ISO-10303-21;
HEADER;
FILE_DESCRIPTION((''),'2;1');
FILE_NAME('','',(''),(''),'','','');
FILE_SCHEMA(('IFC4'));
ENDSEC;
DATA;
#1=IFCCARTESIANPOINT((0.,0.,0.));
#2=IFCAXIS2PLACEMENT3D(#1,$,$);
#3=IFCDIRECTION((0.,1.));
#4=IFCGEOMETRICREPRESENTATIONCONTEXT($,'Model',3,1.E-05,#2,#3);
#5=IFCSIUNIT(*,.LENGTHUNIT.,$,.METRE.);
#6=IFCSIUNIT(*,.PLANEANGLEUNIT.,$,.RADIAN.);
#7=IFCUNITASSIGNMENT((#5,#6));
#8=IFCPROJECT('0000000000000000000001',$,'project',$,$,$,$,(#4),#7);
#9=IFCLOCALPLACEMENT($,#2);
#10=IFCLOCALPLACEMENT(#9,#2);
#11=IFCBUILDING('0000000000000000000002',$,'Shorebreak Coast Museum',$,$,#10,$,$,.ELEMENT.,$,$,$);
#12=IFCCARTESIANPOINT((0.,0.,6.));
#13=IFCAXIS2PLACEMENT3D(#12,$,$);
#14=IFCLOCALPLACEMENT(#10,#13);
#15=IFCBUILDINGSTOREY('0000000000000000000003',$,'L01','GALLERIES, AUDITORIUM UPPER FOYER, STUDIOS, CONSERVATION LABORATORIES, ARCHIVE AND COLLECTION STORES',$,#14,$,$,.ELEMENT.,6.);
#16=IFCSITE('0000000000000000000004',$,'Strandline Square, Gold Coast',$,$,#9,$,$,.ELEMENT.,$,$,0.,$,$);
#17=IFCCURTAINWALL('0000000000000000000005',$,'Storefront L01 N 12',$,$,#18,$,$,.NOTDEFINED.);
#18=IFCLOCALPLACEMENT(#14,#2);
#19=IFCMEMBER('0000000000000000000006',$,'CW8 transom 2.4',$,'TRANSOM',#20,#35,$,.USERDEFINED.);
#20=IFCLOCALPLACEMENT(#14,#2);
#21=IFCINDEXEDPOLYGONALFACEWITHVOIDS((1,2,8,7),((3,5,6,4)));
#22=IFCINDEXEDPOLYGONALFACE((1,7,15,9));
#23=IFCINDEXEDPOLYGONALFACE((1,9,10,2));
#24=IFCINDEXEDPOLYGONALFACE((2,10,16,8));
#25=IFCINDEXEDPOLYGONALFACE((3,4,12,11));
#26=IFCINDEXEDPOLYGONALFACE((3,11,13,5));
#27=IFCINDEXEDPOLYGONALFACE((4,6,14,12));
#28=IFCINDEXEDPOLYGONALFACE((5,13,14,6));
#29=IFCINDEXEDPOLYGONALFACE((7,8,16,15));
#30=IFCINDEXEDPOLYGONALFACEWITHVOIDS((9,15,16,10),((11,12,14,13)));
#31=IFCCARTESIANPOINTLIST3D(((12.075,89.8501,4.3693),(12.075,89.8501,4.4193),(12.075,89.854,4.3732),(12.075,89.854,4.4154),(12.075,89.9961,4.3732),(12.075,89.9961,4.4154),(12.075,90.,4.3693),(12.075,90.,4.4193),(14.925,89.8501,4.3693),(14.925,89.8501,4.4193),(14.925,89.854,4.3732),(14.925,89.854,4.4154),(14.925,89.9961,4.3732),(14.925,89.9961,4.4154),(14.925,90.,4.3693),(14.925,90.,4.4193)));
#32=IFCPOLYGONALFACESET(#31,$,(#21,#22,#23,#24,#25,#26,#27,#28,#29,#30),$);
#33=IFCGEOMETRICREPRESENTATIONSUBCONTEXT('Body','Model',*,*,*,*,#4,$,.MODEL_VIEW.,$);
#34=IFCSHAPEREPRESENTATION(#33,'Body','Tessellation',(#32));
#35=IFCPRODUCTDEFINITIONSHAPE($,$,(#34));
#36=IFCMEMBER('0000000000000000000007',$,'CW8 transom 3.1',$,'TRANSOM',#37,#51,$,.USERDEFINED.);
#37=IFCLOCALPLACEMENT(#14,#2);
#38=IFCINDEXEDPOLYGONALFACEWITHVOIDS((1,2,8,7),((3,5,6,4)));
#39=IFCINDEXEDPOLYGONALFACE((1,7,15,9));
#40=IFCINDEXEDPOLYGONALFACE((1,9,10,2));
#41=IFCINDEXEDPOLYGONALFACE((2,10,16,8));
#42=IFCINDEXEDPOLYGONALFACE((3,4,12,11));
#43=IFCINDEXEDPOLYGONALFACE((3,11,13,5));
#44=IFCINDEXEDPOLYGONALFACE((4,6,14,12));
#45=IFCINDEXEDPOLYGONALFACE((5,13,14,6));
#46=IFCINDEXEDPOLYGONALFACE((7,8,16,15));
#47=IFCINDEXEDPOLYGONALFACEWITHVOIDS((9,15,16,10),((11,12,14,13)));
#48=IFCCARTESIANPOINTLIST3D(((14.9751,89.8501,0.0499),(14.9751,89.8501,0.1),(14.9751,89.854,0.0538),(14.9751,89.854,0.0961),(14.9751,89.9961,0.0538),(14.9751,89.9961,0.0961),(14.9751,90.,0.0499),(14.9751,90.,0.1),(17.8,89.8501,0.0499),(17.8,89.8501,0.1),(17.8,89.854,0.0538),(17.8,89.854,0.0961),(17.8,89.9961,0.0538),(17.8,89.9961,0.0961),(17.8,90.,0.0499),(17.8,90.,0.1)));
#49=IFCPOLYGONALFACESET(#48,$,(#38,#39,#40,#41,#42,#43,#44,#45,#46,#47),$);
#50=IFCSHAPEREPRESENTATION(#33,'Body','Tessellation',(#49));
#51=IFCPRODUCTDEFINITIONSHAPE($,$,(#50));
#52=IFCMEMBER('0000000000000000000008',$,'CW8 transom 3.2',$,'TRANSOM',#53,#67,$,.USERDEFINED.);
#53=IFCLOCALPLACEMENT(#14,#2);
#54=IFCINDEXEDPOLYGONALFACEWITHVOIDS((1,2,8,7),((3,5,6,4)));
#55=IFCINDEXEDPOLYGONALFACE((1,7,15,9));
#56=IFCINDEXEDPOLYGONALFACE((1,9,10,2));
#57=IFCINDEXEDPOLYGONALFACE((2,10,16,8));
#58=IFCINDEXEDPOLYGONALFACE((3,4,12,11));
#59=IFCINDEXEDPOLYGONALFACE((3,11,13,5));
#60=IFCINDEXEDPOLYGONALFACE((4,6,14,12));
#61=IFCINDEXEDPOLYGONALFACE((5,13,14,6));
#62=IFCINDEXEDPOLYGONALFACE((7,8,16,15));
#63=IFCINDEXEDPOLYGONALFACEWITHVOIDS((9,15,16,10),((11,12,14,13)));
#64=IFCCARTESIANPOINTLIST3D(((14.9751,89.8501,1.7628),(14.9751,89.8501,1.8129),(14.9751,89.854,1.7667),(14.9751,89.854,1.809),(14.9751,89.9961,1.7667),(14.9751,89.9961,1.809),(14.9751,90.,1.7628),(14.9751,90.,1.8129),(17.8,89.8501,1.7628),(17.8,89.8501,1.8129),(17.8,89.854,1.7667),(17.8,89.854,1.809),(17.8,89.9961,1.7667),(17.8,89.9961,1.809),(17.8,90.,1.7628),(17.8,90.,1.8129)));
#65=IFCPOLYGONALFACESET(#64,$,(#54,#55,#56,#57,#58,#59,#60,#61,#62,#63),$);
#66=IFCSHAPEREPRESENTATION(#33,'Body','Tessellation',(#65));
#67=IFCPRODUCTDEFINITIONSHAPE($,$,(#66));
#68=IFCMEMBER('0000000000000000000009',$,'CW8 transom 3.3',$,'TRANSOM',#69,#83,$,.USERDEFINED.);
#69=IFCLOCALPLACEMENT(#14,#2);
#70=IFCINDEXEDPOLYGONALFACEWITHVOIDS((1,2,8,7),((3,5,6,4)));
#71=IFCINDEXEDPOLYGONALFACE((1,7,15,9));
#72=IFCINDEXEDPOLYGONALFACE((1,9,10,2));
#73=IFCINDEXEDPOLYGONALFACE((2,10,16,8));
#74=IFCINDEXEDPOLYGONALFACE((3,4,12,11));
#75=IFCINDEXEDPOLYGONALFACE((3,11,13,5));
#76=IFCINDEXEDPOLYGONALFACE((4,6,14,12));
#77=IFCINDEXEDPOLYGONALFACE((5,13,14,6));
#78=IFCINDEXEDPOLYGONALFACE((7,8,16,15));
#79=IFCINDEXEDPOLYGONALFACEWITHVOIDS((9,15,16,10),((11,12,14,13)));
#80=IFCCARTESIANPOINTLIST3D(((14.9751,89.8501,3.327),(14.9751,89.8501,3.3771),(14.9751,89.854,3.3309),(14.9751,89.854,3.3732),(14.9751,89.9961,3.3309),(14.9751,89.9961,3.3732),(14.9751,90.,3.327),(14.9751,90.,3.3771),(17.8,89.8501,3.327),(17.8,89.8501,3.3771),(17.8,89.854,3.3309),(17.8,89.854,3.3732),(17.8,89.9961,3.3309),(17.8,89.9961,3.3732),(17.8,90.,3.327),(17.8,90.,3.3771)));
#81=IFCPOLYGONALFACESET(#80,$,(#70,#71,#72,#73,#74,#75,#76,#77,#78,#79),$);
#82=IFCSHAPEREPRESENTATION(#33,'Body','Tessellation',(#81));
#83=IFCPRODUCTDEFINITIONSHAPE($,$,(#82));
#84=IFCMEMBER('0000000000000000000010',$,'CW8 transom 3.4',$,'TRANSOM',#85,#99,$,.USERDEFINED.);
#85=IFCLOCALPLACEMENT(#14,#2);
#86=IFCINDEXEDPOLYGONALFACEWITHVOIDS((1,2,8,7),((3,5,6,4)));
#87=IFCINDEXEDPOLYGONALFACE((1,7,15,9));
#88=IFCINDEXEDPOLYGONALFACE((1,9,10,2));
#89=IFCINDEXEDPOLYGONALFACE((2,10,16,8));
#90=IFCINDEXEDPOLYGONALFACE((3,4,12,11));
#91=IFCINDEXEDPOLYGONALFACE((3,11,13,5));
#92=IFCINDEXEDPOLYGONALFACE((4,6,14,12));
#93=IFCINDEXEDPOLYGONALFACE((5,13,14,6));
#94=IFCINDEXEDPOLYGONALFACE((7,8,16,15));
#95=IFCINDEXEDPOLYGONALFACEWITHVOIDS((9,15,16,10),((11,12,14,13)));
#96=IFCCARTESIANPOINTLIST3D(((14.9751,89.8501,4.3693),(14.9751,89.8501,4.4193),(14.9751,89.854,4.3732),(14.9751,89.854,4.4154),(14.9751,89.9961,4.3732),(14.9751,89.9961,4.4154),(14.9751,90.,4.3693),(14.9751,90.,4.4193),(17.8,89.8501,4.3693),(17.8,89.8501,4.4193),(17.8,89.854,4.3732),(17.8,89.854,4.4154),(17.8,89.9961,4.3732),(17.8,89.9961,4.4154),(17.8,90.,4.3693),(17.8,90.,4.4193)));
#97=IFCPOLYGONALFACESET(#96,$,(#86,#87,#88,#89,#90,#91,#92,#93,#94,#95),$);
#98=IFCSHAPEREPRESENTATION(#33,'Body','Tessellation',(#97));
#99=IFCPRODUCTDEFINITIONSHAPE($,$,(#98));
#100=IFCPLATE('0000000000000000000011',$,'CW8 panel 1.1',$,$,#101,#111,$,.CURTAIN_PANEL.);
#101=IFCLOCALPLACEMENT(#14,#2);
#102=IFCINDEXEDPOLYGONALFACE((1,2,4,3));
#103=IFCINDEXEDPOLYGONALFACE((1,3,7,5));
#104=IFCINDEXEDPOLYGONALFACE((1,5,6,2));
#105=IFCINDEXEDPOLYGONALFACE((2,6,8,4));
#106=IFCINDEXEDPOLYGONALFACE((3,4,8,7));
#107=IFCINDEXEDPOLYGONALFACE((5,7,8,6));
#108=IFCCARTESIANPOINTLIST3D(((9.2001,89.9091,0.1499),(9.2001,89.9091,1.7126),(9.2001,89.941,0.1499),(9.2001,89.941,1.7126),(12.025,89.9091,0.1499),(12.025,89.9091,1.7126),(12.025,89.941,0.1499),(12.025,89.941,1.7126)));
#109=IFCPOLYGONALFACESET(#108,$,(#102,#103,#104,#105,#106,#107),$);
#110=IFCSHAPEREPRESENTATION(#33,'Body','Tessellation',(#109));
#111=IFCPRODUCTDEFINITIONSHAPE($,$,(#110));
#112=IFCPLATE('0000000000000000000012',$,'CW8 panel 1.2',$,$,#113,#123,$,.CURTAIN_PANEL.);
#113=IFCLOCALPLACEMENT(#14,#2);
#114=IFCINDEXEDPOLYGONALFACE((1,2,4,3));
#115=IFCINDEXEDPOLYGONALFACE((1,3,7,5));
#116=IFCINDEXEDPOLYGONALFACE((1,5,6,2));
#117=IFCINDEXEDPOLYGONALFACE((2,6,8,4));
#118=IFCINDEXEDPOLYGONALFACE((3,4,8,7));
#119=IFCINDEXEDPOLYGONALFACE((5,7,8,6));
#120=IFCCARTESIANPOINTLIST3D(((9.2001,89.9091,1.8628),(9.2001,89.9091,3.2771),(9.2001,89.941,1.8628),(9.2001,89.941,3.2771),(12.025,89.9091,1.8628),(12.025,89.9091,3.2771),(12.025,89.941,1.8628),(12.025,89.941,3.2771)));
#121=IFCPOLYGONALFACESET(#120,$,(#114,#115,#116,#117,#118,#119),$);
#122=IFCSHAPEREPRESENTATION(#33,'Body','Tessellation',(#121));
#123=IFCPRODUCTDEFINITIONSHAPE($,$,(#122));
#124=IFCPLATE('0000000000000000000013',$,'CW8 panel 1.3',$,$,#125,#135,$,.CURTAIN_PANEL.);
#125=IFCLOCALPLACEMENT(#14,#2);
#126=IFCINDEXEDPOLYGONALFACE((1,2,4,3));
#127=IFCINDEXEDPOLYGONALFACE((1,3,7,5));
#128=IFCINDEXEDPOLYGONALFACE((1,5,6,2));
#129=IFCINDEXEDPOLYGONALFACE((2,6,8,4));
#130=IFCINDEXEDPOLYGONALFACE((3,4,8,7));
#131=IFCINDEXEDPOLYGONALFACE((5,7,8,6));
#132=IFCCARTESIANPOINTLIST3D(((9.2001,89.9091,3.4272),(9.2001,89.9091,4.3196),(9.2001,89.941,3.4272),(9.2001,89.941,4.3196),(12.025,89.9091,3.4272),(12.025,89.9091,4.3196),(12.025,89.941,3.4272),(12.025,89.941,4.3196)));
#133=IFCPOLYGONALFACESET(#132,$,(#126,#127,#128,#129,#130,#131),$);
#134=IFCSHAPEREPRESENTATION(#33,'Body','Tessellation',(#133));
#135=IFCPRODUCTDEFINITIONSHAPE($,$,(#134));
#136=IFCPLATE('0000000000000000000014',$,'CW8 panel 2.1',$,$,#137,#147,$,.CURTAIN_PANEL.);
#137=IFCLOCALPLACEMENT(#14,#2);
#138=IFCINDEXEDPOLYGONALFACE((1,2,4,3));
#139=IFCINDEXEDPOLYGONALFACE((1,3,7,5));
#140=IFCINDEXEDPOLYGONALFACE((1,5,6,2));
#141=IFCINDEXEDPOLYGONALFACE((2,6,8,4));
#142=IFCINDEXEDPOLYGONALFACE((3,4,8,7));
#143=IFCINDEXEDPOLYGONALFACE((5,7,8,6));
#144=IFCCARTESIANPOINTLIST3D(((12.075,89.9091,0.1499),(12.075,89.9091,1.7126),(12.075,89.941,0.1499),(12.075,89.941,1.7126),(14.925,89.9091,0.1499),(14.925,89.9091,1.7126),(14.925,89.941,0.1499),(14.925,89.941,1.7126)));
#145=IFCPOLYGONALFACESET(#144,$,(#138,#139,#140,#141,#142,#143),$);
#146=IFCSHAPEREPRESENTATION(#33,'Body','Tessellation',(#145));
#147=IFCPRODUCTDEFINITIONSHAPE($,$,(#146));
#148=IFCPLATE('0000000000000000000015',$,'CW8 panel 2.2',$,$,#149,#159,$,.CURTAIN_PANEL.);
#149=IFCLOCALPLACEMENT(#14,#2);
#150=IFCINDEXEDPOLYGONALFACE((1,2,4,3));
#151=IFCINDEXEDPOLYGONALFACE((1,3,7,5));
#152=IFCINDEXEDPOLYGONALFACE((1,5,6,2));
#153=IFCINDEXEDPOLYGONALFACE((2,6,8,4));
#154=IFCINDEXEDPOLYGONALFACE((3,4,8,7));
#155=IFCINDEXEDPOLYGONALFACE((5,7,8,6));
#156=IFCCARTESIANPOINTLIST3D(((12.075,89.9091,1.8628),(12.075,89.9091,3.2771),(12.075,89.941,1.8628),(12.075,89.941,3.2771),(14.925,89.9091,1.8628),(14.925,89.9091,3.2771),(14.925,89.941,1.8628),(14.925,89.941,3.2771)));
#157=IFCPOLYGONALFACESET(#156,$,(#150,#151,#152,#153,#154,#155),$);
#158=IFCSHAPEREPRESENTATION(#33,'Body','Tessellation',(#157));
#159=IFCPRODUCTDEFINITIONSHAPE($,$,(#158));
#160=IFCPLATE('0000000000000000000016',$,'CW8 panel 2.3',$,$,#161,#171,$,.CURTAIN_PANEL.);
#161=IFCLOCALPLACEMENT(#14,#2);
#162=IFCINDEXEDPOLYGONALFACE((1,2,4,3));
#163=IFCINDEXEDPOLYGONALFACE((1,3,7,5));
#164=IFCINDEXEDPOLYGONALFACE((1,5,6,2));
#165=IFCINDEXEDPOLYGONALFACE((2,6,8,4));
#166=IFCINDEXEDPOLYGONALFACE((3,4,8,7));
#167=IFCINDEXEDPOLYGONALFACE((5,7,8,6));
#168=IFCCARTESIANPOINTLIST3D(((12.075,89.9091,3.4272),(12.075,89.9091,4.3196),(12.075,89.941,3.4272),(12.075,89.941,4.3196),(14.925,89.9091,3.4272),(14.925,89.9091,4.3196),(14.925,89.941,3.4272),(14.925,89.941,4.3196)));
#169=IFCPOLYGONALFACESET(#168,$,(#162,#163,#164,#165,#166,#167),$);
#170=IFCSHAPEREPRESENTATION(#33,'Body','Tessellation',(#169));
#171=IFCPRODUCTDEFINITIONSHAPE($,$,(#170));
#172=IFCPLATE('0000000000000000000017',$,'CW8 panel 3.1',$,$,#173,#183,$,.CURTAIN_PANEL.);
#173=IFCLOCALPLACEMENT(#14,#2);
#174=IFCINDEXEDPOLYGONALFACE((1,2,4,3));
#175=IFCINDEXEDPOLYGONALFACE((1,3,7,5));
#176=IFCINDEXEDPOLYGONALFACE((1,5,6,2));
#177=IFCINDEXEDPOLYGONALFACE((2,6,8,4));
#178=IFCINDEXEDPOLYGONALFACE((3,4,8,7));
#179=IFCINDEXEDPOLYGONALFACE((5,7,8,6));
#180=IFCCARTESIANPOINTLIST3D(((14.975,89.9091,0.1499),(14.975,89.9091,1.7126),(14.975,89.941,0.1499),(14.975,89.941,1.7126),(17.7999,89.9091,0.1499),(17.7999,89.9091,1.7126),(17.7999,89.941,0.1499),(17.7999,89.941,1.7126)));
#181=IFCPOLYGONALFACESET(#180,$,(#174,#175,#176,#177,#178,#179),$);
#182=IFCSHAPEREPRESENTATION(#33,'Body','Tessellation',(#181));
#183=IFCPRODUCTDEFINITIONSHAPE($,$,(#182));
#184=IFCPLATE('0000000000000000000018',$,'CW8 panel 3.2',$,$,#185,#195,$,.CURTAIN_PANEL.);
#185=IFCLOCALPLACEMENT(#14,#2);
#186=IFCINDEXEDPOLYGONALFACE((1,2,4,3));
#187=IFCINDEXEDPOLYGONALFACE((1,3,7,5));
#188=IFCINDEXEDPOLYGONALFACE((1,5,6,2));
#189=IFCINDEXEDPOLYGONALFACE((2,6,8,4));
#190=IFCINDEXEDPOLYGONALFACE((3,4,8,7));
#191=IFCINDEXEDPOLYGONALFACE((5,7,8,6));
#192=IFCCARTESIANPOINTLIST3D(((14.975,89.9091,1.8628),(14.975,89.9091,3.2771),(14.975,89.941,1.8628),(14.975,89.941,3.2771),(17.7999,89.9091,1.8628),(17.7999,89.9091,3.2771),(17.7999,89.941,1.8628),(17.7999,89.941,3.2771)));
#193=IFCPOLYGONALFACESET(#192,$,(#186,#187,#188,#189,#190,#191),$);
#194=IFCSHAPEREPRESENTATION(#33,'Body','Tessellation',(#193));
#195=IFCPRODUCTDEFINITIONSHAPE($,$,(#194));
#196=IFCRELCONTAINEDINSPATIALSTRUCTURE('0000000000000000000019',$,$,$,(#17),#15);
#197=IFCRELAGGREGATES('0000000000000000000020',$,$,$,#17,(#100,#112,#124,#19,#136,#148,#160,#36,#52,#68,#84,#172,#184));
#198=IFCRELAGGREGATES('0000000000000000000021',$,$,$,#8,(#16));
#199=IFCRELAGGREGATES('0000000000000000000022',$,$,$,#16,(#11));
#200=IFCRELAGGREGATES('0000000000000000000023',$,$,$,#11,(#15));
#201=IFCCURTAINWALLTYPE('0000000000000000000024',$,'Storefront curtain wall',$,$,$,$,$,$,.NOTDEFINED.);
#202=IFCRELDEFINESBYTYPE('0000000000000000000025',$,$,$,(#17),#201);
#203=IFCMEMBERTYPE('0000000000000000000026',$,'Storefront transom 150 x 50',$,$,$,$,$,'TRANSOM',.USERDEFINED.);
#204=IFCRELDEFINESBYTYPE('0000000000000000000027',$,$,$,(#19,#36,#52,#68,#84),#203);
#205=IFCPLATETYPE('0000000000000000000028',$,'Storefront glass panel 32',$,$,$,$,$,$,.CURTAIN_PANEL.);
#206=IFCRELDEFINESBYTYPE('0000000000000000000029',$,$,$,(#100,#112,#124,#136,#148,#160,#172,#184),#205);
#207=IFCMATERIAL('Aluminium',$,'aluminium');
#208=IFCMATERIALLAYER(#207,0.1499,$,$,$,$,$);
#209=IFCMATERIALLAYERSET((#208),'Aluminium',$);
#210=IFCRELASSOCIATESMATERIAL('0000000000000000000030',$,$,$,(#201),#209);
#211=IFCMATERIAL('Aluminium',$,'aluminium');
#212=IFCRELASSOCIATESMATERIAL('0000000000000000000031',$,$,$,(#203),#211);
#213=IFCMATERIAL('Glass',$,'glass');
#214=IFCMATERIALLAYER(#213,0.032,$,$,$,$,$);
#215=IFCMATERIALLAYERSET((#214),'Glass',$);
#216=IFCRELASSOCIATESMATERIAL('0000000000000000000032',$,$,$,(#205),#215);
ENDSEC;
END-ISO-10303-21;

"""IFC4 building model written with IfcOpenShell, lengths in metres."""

from ifc_helpers import new_model, si_unit, direction, frame, origin, origin_2d, place, context, subcontext, project, spatial, rectangle, hollow_rectangle, extrude, material, layer, layer_set, material_profile, profile_set, type_object, element, aggregate, save


model = new_model("IFC4")

# Units and contexts
model_context = context("Model", 3, precision=1e-05, world=origin(), true_north=direction((0.0, 1.0)))
body_context = subcontext(model_context, "Body", "Model", "MODEL_VIEW")
ifc_project = project(units=[si_unit("LENGTHUNIT", "METRE"), si_unit("PLANEANGLEUNIT", "RADIAN")], contexts=[model_context])

# Site, building, storey
site_placement = place(None, origin())
site = spatial("IfcSite", under=ifc_project, at=site_placement, Name="Strandline Square, Gold Coast", CompositionType="ELEMENT", RefElevation=0.0)
building_placement = place(site_placement, origin())
building = spatial("IfcBuilding", under=site, at=building_placement, Name="Shorebreak Coast Museum", CompositionType="ELEMENT")
storey_placement = place(building_placement, frame((0.0, 0.0, 6.0)))
storey = spatial("IfcBuildingStorey", under=building, at=storey_placement, Name="L01", Description="GALLERIES, AUDITORIUM UPPER FOYER, STUDIOS, CONSERVATION LABORATORIES, ARCHIVE AND COLLECTION STORES", CompositionType="ELEMENT", Elevation=6.0)

# Curtain wall, members, plates
ifc_material_1 = material(Name="Aluminium", Category="aluminium")
ifc_layer_1 = layer(ifc_material_1, 0.1499)
ifc_layer_set_1 = layer_set([ifc_layer_1], Name="Aluminium")
curtain_wall_type = type_object("IfcCurtainWallType", Name="Storefront curtain wall", PredefinedType="NOTDEFINED", material=ifc_layer_set_1)
curtain_wall_placement = place(storey_placement, origin())
curtain_wall = element("IfcCurtainWall", 1, at=curtain_wall_placement, inside=storey, type_object=curtain_wall_type, Name="Storefront L01 N 12", PredefinedType="NOTDEFINED")
ifc_material_2 = material(Name="Aluminium", Category="aluminium")
ifc_material_profile_1 = material_profile(ifc_material_2, hollow_rectangle(XDim=0.1499, YDim=0.05, WallThickness=0.0039, at=origin_2d()), Name="AL 50x150 RHS")
ifc_profile_set_1 = profile_set([ifc_material_profile_1], Name="Aluminium")
member_type_1 = type_object("IfcMemberType", Name="Storefront transom 150 x 50", ElementType="TRANSOM", PredefinedType="USERDEFINED", material=ifc_profile_set_1)
member_1_placement = place(storey_placement, frame((12.075, 89.925, 4.3943), z_axis=(1.0, 0.0, 0.0), x_axis=(0.0, 1.0, 0.0)))
member_1 = element("IfcMember", 2, at=member_1_placement, type_object=member_type_1, Name="CW8 transom 2.4", ObjectType="TRANSOM", PredefinedType="USERDEFINED", context=body_context, shape_type="SweptSolid", body=[
    extrude(hollow_rectangle(XDim=0.1499, YDim=0.05, WallThickness=0.0039, at=origin_2d()), origin(), (0.0, 0.0, 1.0), 2.8501),
])
member_2_placement = place(storey_placement, frame((14.9751, 89.925, 0.075), z_axis=(1.0, 0.0, 0.0), x_axis=(0.0, 1.0, 0.0)))
member_2 = element("IfcMember", 3, at=member_2_placement, type_object=member_type_1, Name="CW8 transom 3.1", ObjectType="TRANSOM", PredefinedType="USERDEFINED", context=body_context, shape_type="SweptSolid", body=[
    extrude(hollow_rectangle(XDim=0.1499, YDim=0.05, WallThickness=0.0039, at=origin_2d()), origin(), (0.0, 0.0, 1.0), 2.825),
])
member_3_placement = place(storey_placement, frame((14.9751, 89.925, 1.7878), z_axis=(1.0, 0.0, 0.0), x_axis=(0.0, 1.0, 0.0)))
member_3 = element("IfcMember", 4, at=member_3_placement, type_object=member_type_1, Name="CW8 transom 3.2", ObjectType="TRANSOM", PredefinedType="USERDEFINED", context=body_context, shape_type="SweptSolid", body=[
    extrude(hollow_rectangle(XDim=0.1499, YDim=0.05, WallThickness=0.0039, at=origin_2d()), origin(), (0.0, 0.0, 1.0), 2.825),
])
member_4_placement = place(storey_placement, frame((14.9751, 89.925, 3.3521), z_axis=(1.0, 0.0, 0.0), x_axis=(0.0, 1.0, 0.0)))
member_4 = element("IfcMember", 5, at=member_4_placement, type_object=member_type_1, Name="CW8 transom 3.3", ObjectType="TRANSOM", PredefinedType="USERDEFINED", context=body_context, shape_type="SweptSolid", body=[
    extrude(hollow_rectangle(XDim=0.1499, YDim=0.05, WallThickness=0.0039, at=origin_2d()), origin(), (0.0, 0.0, 1.0), 2.825),
])
member_5_placement = place(storey_placement, frame((14.9751, 89.925, 4.3943), z_axis=(1.0, 0.0, 0.0), x_axis=(0.0, 1.0, 0.0)))
member_5 = element("IfcMember", 6, at=member_5_placement, type_object=member_type_1, Name="CW8 transom 3.4", ObjectType="TRANSOM", PredefinedType="USERDEFINED", context=body_context, shape_type="SweptSolid", body=[
    extrude(hollow_rectangle(XDim=0.1499, YDim=0.05, WallThickness=0.0039, at=origin_2d()), origin(), (0.0, 0.0, 1.0), 2.825),
])
ifc_material_3 = material(Name="Glass", Category="glass")
ifc_layer_2 = layer(ifc_material_3, 0.032)
ifc_layer_set_2 = layer_set([ifc_layer_2], Name="Glass")
plate_type = type_object("IfcPlateType", Name="Storefront glass panel 32", PredefinedType="CURTAIN_PANEL", material=ifc_layer_set_2)
plate_1_placement = place(storey_placement, frame((10.6125, 89.925, 0.1499), z_axis=(0.0, 0.0, 1.0), x_axis=(1.0, 0.0, 0.0)))
plate_1 = element("IfcPlate", 7, at=plate_1_placement, type_object=plate_type, Name="CW8 panel 1.1", PredefinedType="CURTAIN_PANEL", context=body_context, shape_type="SweptSolid", body=[
    extrude(rectangle(XDim=2.825, YDim=0.032, at=origin_2d()), origin(), (0.0, 0.0, 1.0), 1.5627),
])
plate_2_placement = place(storey_placement, frame((10.6125, 89.925, 1.8628), z_axis=(0.0, 0.0, 1.0), x_axis=(1.0, 0.0, 0.0)))
plate_2 = element("IfcPlate", 8, at=plate_2_placement, type_object=plate_type, Name="CW8 panel 1.2", PredefinedType="CURTAIN_PANEL", context=body_context, shape_type="SweptSolid", body=[
    extrude(rectangle(XDim=2.825, YDim=0.032, at=origin_2d()), origin(), (0.0, 0.0, 1.0), 1.4143),
])
plate_3_placement = place(storey_placement, frame((10.6125, 89.925, 3.4272), z_axis=(0.0, 0.0, 1.0), x_axis=(1.0, 0.0, 0.0)))
plate_3 = element("IfcPlate", 9, at=plate_3_placement, type_object=plate_type, Name="CW8 panel 1.3", PredefinedType="CURTAIN_PANEL", context=body_context, shape_type="SweptSolid", body=[
    extrude(rectangle(XDim=2.825, YDim=0.032, at=origin_2d()), origin(), (0.0, 0.0, 1.0), 0.8923),
])
plate_4_placement = place(storey_placement, frame((13.5, 89.925, 0.1499), z_axis=(0.0, 0.0, 1.0), x_axis=(1.0, 0.0, 0.0)))
plate_4 = element("IfcPlate", 10, at=plate_4_placement, type_object=plate_type, Name="CW8 panel 2.1", PredefinedType="CURTAIN_PANEL", context=body_context, shape_type="SweptSolid", body=[
    extrude(rectangle(XDim=2.8501, YDim=0.032, at=origin_2d()), origin(), (0.0, 0.0, 1.0), 1.5627),
])
plate_5_placement = place(storey_placement, frame((13.5, 89.925, 1.8628), z_axis=(0.0, 0.0, 1.0), x_axis=(1.0, 0.0, 0.0)))
plate_5 = element("IfcPlate", 11, at=plate_5_placement, type_object=plate_type, Name="CW8 panel 2.2", PredefinedType="CURTAIN_PANEL", context=body_context, shape_type="SweptSolid", body=[
    extrude(rectangle(XDim=2.8501, YDim=0.032, at=origin_2d()), origin(), (0.0, 0.0, 1.0), 1.4143),
])
plate_6_placement = place(storey_placement, frame((13.5, 89.925, 3.4272), z_axis=(0.0, 0.0, 1.0), x_axis=(1.0, 0.0, 0.0)))
plate_6 = element("IfcPlate", 12, at=plate_6_placement, type_object=plate_type, Name="CW8 panel 2.3", PredefinedType="CURTAIN_PANEL", context=body_context, shape_type="SweptSolid", body=[
    extrude(rectangle(XDim=2.8501, YDim=0.032, at=origin_2d()), origin(), (0.0, 0.0, 1.0), 0.8923),
])
plate_7_placement = place(storey_placement, frame((16.3875, 89.925, 0.1499), z_axis=(0.0, 0.0, 1.0), x_axis=(1.0, 0.0, 0.0)))
plate_7 = element("IfcPlate", 13, at=plate_7_placement, type_object=plate_type, Name="CW8 panel 3.1", PredefinedType="CURTAIN_PANEL", context=body_context, shape_type="SweptSolid", body=[
    extrude(rectangle(XDim=2.825, YDim=0.032, at=origin_2d()), origin(), (0.0, 0.0, 1.0), 1.5627),
])
plate_8_placement = place(storey_placement, frame((16.3875, 89.925, 1.8628), z_axis=(0.0, 0.0, 1.0), x_axis=(1.0, 0.0, 0.0)))
plate_8 = element("IfcPlate", 14, at=plate_8_placement, type_object=plate_type, Name="CW8 panel 3.2", PredefinedType="CURTAIN_PANEL", context=body_context, shape_type="SweptSolid", body=[
    extrude(rectangle(XDim=2.825, YDim=0.032, at=origin_2d()), origin(), (0.0, 0.0, 1.0), 1.4143),
])
aggregate(curtain_wall, [plate_1, plate_2, plate_3, member_1, plate_4, plate_5, plate_6, member_2, member_3, member_4, member_5, plate_7, plate_8])

save(model, "model.ifc")
